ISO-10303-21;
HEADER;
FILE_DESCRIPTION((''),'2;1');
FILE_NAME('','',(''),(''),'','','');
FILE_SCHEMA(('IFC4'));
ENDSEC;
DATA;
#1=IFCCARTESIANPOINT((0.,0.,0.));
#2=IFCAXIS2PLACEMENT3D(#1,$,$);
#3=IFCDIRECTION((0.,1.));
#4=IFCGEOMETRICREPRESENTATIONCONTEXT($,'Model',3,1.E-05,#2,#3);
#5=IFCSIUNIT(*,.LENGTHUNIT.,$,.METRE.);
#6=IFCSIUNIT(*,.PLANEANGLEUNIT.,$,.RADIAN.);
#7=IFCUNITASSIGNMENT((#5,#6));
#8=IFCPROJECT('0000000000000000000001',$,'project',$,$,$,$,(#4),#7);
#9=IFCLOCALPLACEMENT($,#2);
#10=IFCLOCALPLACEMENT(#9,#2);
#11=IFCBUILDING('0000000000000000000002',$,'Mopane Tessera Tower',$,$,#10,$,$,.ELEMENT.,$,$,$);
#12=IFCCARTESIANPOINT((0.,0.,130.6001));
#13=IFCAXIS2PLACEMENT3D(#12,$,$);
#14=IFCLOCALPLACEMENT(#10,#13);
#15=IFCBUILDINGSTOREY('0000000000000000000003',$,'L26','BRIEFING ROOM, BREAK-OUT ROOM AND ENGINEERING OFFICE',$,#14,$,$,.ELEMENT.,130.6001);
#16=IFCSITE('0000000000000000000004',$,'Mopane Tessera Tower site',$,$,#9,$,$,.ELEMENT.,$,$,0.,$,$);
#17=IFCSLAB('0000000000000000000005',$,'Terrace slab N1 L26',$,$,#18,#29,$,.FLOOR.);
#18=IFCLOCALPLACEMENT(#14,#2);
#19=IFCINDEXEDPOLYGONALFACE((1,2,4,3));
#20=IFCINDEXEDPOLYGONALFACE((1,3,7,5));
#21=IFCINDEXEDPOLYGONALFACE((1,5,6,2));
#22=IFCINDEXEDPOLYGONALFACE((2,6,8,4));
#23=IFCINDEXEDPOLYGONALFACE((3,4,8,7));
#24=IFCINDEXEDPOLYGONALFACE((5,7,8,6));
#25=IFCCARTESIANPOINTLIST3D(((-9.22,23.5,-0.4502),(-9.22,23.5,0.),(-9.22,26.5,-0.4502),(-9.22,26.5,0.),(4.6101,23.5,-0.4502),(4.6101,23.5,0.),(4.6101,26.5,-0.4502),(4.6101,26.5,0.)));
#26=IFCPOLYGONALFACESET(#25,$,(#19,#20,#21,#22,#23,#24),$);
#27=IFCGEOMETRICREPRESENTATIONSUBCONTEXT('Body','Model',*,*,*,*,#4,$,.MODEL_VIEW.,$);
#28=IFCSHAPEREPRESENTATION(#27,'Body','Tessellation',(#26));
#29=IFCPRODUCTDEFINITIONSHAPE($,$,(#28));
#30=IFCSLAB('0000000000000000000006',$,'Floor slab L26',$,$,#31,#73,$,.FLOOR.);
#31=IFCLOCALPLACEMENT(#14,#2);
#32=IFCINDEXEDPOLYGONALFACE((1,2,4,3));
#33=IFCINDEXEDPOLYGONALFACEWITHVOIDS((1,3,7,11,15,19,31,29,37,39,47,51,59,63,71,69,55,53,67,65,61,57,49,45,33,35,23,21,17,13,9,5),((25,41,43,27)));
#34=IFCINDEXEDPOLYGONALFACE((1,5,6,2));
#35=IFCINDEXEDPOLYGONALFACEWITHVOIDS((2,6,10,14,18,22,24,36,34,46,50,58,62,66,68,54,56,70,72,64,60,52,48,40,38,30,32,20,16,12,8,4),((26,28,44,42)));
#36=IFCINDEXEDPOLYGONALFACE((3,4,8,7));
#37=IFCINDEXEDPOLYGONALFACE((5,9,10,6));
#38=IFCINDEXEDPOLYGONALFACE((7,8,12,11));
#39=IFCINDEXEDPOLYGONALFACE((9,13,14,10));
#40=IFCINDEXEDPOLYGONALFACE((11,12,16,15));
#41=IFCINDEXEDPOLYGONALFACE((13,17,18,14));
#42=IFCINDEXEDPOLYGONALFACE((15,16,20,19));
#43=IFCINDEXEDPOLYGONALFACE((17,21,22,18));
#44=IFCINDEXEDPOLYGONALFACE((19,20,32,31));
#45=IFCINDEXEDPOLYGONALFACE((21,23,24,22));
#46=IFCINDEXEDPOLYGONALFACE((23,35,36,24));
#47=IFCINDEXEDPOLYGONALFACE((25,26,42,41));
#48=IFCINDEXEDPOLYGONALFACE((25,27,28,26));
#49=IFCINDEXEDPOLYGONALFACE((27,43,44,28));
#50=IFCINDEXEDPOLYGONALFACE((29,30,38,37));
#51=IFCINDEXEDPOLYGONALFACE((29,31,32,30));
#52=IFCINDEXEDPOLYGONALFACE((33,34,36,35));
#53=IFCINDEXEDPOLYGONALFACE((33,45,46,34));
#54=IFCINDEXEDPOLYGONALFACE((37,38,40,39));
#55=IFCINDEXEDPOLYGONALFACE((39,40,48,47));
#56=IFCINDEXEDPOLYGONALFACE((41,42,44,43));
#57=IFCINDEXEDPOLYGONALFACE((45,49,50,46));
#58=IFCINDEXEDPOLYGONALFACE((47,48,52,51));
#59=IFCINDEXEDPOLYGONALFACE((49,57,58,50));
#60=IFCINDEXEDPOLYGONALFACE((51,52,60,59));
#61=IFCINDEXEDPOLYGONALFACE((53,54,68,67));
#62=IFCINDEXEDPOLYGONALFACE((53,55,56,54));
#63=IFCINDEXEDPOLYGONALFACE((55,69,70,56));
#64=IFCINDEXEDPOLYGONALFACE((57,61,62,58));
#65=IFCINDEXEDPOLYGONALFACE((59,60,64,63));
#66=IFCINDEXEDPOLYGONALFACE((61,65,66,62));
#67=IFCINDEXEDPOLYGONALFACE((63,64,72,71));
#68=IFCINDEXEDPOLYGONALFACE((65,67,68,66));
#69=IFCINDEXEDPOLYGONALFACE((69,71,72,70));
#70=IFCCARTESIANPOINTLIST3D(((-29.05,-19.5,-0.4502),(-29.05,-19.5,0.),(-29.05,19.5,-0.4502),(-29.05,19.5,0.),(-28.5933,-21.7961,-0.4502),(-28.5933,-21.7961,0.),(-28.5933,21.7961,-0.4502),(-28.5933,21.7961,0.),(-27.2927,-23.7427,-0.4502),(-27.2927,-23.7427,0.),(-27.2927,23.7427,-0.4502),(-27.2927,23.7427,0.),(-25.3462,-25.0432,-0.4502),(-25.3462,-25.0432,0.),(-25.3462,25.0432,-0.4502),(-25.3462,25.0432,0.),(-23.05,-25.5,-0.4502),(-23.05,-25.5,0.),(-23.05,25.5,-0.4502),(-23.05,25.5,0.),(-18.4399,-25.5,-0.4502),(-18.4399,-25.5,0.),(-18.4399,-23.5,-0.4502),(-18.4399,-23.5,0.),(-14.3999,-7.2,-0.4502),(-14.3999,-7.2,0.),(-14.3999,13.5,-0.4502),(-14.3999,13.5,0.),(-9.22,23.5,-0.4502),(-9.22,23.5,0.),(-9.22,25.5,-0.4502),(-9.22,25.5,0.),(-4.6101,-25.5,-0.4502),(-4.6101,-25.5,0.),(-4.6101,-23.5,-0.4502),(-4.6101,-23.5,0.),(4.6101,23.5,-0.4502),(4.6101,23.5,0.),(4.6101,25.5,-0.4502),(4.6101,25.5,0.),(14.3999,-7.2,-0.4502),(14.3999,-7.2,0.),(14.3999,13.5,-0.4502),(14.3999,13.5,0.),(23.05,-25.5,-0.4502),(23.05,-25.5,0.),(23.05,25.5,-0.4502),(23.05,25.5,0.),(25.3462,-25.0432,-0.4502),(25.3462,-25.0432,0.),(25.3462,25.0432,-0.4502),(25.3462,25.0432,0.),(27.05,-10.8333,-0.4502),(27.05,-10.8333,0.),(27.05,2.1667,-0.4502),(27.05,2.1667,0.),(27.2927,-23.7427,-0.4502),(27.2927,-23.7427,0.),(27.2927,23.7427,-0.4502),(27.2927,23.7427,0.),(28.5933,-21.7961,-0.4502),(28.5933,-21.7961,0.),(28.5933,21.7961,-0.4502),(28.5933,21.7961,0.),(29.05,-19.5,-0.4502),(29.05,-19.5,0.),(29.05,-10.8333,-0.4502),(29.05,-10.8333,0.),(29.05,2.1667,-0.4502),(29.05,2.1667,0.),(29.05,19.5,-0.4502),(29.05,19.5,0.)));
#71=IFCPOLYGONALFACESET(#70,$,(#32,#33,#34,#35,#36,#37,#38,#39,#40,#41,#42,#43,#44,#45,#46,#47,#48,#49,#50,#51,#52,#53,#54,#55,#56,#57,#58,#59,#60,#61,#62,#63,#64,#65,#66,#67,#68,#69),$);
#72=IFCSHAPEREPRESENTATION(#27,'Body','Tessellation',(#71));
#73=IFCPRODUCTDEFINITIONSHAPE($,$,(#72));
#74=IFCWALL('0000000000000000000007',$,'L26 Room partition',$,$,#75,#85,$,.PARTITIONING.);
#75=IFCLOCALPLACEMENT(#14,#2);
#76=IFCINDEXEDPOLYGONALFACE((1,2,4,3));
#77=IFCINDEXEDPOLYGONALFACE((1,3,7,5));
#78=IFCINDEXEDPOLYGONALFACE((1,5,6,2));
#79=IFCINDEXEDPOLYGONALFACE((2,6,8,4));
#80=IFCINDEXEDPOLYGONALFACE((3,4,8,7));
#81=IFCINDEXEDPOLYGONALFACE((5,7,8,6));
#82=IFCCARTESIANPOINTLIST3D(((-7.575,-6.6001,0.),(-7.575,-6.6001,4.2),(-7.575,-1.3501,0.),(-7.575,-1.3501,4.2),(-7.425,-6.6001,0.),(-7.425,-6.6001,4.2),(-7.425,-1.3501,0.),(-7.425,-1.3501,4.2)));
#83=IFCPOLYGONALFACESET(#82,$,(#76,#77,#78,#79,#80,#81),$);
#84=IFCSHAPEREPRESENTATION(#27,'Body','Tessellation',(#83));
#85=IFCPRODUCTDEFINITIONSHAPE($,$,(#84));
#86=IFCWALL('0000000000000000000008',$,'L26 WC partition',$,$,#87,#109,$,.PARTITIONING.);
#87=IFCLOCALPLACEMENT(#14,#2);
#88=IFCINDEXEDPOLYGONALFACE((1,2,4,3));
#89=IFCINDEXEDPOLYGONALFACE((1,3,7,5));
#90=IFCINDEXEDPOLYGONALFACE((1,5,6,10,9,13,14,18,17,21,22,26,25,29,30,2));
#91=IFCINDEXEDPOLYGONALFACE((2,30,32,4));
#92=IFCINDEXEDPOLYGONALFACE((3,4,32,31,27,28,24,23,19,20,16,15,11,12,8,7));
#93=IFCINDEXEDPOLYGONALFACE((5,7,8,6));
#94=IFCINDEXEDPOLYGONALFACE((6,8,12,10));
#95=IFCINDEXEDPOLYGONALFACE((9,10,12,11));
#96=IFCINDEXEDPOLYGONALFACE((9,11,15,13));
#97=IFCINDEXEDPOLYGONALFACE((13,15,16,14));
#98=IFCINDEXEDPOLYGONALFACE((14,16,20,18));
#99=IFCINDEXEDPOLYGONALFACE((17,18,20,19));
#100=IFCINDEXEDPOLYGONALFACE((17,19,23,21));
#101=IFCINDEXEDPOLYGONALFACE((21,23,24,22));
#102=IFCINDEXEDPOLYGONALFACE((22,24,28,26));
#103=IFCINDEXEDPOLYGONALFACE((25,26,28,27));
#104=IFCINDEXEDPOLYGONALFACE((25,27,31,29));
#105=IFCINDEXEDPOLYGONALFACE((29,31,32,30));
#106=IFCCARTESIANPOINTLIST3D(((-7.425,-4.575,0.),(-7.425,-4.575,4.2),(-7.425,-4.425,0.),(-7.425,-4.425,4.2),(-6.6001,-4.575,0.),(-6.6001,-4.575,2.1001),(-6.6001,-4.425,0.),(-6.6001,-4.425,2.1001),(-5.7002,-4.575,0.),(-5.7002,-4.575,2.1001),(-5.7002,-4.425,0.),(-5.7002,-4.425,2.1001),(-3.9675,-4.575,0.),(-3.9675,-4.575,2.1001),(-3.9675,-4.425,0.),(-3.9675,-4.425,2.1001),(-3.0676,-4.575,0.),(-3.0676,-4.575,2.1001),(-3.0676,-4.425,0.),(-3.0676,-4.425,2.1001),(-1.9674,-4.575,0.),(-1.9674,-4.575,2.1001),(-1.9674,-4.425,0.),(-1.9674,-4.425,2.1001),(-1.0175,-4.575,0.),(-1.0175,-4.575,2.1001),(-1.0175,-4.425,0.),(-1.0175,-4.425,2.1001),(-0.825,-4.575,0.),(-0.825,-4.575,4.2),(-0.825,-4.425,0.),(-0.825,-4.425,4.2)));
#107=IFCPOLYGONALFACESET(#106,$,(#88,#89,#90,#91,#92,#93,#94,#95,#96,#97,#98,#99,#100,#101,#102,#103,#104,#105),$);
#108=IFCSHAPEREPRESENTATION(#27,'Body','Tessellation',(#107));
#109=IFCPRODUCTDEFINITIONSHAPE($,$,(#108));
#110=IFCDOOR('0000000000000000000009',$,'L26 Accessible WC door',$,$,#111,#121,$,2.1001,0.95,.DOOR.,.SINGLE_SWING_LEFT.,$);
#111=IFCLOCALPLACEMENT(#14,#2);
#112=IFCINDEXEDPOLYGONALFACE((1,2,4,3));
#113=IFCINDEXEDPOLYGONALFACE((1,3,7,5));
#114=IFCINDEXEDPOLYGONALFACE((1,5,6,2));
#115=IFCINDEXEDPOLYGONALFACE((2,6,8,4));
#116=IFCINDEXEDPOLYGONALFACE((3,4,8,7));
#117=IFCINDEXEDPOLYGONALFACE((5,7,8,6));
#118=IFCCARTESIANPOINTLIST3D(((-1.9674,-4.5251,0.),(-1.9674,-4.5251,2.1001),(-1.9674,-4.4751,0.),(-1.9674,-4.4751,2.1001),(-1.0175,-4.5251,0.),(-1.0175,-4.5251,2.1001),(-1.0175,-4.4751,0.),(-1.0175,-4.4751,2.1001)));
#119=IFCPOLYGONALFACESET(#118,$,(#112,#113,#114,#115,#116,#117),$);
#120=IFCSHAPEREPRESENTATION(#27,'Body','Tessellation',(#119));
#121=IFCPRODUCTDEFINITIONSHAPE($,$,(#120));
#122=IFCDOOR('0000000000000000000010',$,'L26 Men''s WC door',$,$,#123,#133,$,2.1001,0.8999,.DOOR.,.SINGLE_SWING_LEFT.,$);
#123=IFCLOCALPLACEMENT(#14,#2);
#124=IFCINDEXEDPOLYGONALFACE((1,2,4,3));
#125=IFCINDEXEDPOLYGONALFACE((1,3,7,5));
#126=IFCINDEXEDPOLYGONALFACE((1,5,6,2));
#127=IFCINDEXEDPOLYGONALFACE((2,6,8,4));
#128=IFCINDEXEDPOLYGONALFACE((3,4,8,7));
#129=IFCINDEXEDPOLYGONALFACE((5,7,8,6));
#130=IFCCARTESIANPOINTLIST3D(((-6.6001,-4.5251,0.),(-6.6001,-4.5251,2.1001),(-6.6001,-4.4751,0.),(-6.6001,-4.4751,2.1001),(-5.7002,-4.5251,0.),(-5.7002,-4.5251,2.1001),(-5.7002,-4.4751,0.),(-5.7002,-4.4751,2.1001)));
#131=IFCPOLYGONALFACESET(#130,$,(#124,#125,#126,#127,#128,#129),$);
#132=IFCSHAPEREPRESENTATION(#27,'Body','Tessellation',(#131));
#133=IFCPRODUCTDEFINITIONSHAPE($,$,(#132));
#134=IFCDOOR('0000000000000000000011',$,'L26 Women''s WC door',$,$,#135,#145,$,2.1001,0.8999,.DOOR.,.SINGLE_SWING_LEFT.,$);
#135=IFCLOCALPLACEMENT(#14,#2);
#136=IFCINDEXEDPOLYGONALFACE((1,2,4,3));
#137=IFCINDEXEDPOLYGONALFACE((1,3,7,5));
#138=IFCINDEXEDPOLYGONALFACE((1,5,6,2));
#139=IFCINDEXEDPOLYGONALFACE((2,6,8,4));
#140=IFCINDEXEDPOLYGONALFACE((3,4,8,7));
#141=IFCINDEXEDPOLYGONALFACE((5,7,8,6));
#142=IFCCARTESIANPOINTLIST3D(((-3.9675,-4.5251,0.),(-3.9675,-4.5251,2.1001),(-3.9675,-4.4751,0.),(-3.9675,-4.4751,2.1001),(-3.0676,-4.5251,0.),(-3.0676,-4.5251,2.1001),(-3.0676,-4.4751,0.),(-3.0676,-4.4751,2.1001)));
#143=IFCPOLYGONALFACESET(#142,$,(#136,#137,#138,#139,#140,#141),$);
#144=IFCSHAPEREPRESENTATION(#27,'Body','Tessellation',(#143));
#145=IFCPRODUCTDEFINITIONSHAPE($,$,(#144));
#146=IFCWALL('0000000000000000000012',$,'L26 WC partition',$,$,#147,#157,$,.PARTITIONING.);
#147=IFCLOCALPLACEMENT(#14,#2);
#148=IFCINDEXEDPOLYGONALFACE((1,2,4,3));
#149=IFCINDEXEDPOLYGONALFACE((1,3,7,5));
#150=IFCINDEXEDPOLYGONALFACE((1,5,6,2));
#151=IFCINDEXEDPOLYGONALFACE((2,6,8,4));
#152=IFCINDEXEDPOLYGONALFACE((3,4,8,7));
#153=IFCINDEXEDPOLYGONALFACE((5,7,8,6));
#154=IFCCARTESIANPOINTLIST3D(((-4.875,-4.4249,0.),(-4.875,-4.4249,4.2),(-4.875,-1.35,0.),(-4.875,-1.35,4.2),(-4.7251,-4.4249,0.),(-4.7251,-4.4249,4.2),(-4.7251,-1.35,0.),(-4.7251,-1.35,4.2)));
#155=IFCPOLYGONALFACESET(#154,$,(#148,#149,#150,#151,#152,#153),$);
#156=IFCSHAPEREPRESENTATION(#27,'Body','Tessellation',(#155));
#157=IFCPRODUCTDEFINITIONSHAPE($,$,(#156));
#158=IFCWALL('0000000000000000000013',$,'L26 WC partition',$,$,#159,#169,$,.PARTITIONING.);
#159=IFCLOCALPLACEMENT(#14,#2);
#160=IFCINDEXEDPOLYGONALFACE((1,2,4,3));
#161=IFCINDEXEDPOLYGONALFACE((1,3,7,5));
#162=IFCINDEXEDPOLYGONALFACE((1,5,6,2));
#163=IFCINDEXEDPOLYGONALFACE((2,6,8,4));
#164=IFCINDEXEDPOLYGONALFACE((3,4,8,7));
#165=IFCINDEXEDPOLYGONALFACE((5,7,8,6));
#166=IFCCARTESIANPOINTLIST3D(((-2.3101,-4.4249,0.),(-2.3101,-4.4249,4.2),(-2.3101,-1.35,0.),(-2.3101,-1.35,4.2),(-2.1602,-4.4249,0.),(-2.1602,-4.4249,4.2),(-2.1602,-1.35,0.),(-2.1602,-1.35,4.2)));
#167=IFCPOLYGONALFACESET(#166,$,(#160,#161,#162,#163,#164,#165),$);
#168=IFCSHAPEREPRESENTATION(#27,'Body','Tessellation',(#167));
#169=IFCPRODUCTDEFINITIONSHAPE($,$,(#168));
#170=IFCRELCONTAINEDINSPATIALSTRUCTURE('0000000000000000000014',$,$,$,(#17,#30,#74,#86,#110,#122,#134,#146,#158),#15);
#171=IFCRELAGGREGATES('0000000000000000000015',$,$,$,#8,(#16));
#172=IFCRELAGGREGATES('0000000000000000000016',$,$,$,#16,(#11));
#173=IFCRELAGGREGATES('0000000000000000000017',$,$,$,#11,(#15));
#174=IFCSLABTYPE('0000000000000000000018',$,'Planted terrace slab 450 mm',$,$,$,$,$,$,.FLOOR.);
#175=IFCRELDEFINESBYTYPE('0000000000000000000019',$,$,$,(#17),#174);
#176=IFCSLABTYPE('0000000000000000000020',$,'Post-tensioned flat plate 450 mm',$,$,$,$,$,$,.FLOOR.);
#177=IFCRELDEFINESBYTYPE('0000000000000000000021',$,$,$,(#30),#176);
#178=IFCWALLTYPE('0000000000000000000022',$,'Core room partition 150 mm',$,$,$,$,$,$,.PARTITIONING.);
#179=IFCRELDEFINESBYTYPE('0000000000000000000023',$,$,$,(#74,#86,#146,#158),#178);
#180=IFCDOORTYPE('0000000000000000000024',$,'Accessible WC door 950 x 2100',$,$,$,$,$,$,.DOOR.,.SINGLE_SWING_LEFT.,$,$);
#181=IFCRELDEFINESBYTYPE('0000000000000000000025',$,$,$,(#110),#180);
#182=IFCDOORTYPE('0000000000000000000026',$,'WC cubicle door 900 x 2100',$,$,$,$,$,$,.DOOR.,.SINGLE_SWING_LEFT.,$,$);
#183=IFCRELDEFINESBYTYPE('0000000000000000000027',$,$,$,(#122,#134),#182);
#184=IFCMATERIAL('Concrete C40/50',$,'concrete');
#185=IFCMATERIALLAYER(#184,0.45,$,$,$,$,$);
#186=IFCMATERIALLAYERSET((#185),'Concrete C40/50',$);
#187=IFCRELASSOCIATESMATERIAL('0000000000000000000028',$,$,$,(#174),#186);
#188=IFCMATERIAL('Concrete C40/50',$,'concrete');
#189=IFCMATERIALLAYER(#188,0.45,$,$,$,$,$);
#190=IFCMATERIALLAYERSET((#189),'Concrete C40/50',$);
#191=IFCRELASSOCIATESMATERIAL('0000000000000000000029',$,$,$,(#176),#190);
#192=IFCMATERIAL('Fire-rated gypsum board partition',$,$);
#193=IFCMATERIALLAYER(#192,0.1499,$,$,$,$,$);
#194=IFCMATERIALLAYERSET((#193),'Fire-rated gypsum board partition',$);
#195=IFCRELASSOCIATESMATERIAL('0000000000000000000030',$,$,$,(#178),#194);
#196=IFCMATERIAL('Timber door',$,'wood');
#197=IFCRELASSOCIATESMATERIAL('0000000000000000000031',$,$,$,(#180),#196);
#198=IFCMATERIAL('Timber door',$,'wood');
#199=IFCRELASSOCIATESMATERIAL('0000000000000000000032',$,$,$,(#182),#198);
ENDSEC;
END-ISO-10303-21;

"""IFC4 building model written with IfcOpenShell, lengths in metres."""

from ifc_helpers import new_model, si_unit, direction, frame, frame_2d, origin, place, context, subcontext, project, spatial, polyline, rectangle, outline, extrude, material, layer, layer_set, type_object, element, fill, save


model = new_model("IFC4")

# Units and contexts
model_context = context("Model", 3, precision=1e-05, world=origin(), true_north=direction((0.0, 1.0)))
body_context = subcontext(model_context, "Body", "Model", "MODEL_VIEW")
ifc_project = project(units=[si_unit("LENGTHUNIT", "METRE"), si_unit("PLANEANGLEUNIT", "RADIAN")], contexts=[model_context])

# Site, building, storey
site_placement = place(None, origin())
site = spatial("IfcSite", under=ifc_project, at=site_placement, Name="Mopane Tessera Tower site", CompositionType="ELEMENT", RefElevation=0.0)
building_placement = place(site_placement, origin())
building = spatial("IfcBuilding", under=site, at=building_placement, Name="Mopane Tessera Tower", CompositionType="ELEMENT")
storey_placement = place(building_placement, frame((0.0, 0.0, 130.6001)))
storey = spatial("IfcBuildingStorey", under=building, at=storey_placement, Name="L26", Description="BRIEFING ROOM, BREAK-OUT ROOM AND ENGINEERING OFFICE", CompositionType="ELEMENT", Elevation=130.6001)

# Slabs
ifc_material_1 = material(Name="Concrete C40/50", Category="concrete")
ifc_layer_1 = layer(ifc_material_1, 0.45)
ifc_layer_set_1 = layer_set([ifc_layer_1], Name="Concrete C40/50")
slab_type_1 = type_object("IfcSlabType", Name="Planted terrace slab 450 mm", PredefinedType="FLOOR", material=ifc_layer_set_1)
slab_1_placement = place(storey_placement, frame((0.0, 0.0, -0.4502)))
element("IfcSlab", 1, at=slab_1_placement, inside=storey, type_object=slab_type_1, Name="Terrace slab N1 L26", PredefinedType="FLOOR", context=body_context, shape_type="SweptSolid", body=[
    extrude(outline(polyline([(-9.22, 26.5), (-9.22, 23.5), (4.6101, 23.5), (4.6101, 26.5), (-9.22, 26.5)])), origin(), (0.0, 0.0, 1.0), 0.4502),
])
ifc_material_2 = material(Name="Concrete C40/50", Category="concrete")
ifc_layer_2 = layer(ifc_material_2, 0.45)
ifc_layer_set_2 = layer_set([ifc_layer_2], Name="Concrete C40/50")
slab_type_2 = type_object("IfcSlabType", Name="Post-tensioned flat plate 450 mm", PredefinedType="FLOOR", material=ifc_layer_set_2)
slab_2_placement = place(storey_placement, frame((0.0, 0.0, -0.4502)))
element("IfcSlab", 2, at=slab_2_placement, inside=storey, type_object=slab_type_2, Name="Floor slab L26", PredefinedType="FLOOR", context=body_context, shape_type="SweptSolid", body=[
    extrude(outline(polyline([(-23.05, -25.5), (-18.4399, -25.5), (-18.4399, -23.5), (-4.6101, -23.5), (-4.6101, -25.5), (23.05, -25.5), (25.3462, -25.0432), (27.2927, -23.7427), (28.5933, -21.7961), (29.05, -19.5), (29.05, -10.8333), (27.05, -10.8333), (27.05, 2.1667), (29.05, 2.1667), (29.05, 19.5), (28.5933, 21.7961), (27.2927, 23.7427), (25.3462, 25.0432), (23.05, 25.5), (4.6101, 25.5), (4.6101, 23.5), (-9.22, 23.5), (-9.22, 25.5), (-23.05, 25.5), (-25.3462, 25.0432), (-27.2927, 23.7427), (-28.5933, 21.7961), (-29.05, 19.5), (-29.05, -19.5), (-28.5933, -21.7961), (-27.2927, -23.7427), (-25.3462, -25.0432), (-23.05, -25.5)]), holes=[polyline([(14.3999, -7.2), (-14.3999, -7.2), (-14.3999, 13.5), (14.3999, 13.5), (14.3999, -7.2)])]), origin(), (0.0, 0.0, 1.0), 0.4502),
])

# Wall
ifc_material_3 = material(Name="Fire-rated gypsum board partition")
ifc_layer_3 = layer(ifc_material_3, 0.1499)
ifc_layer_set_3 = layer_set([ifc_layer_3], Name="Fire-rated gypsum board partition")
wall_type_1 = type_object("IfcWallType", Name="Core room partition 150 mm", PredefinedType="PARTITIONING", material=ifc_layer_set_3)
wall_1_placement = place(storey_placement, frame((-7.5, -6.6001, 0.0), z_axis=(0.0, 0.0, 1.0), x_axis=(0.0, 1.0, 0.0)))
element("IfcWall", 3, at=wall_1_placement, inside=storey, type_object=wall_type_1, Name="L26 Room partition", PredefinedType="PARTITIONING", context=body_context, shape_type="SweptSolid", body=[
    extrude(rectangle(XDim=5.25, YDim=0.1499, at=frame_2d((2.625, 0.0))), origin(), (0.0, 0.0, 1.0), 4.2),
])

# Wall, openings, doors
wall_2_placement = place(storey_placement, frame((-7.425, -4.5, 0.0), z_axis=(0.0, 0.0, 1.0), x_axis=(1.0, 0.0, 0.0)))
wall_2 = element("IfcWall", 4, at=wall_2_placement, inside=storey, type_object=wall_type_1, Name="L26 WC partition", PredefinedType="PARTITIONING", context=body_context, shape_type="SweptSolid", body=[
    extrude(rectangle(XDim=6.6001, YDim=0.1499, at=frame_2d((3.3, 0.0))), origin(), (0.0, 0.0, 1.0), 4.2),
])
opening_1_placement = place(wall_2_placement, frame((0.825, 0.0, 0.0)))
opening_1 = element("IfcOpeningElement", 5, at=opening_1_placement, cuts=wall_2, PredefinedType="OPENING", context=body_context, shape_type="SweptSolid", body=[
    extrude(rectangle(XDim=0.8999, YDim=2.1001, at=frame_2d((0.45, 1.05))), frame((0.0, 0.0869, 0.0), z_axis=(0.0, -1.0, 0.0), x_axis=(1.0, 0.0, 0.0)), (0.0, 0.0, 1.0), 0.1738),
])
opening_2_placement = place(wall_2_placement, frame((3.4575, 0.0, 0.0)))
opening_2 = element("IfcOpeningElement", 6, at=opening_2_placement, cuts=wall_2, PredefinedType="OPENING", context=body_context, shape_type="SweptSolid", body=[
    extrude(rectangle(XDim=0.8999, YDim=2.1001, at=frame_2d((0.45, 1.05))), frame((0.0, 0.0869, 0.0), z_axis=(0.0, -1.0, 0.0), x_axis=(1.0, 0.0, 0.0)), (0.0, 0.0, 1.0), 0.1738),
])
opening_3_placement = place(wall_2_placement, frame((5.4575, 0.0, 0.0)))
opening_3 = element("IfcOpeningElement", 7, at=opening_3_placement, cuts=wall_2, PredefinedType="OPENING", context=body_context, shape_type="SweptSolid", body=[
    extrude(rectangle(XDim=0.95, YDim=2.1001, at=frame_2d((0.4751, 1.05))), frame((0.0, 0.0869, 0.0), z_axis=(0.0, -1.0, 0.0), x_axis=(1.0, 0.0, 0.0)), (0.0, 0.0, 1.0), 0.1738),
])
ifc_material_4 = material(Name="Timber door", Category="wood")
door_type_1 = type_object("IfcDoorType", Name="Accessible WC door 950 x 2100", OperationType="SINGLE_SWING_LEFT", PredefinedType="DOOR", material=ifc_material_4)
door_1_placement = place(opening_3_placement, origin())
door_1 = element("IfcDoor", 8, at=door_1_placement, inside=storey, type_object=door_type_1, Name="L26 Accessible WC door", OperationType="SINGLE_SWING_LEFT", OverallHeight=2.1001, OverallWidth=0.95, PredefinedType="DOOR", context=body_context, shape_type="SweptSolid", body=[
    extrude(rectangle(XDim=0.95, YDim=2.1001, at=frame_2d((0.4751, 1.05))), frame((0.0, 0.0249, 0.0), z_axis=(0.0, -1.0, 0.0), x_axis=(1.0, 0.0, 0.0)), (0.0, 0.0, 1.0), 0.05),
])
fill(opening_3, door_1)
ifc_material_5 = material(Name="Timber door", Category="wood")
door_type_2 = type_object("IfcDoorType", Name="WC cubicle door 900 x 2100", OperationType="SINGLE_SWING_LEFT", PredefinedType="DOOR", material=ifc_material_5)
door_2_placement = place(opening_1_placement, origin())
door_2 = element("IfcDoor", 9, at=door_2_placement, inside=storey, type_object=door_type_2, Name="L26 Men's WC door", OperationType="SINGLE_SWING_LEFT", OverallHeight=2.1001, OverallWidth=0.8999, PredefinedType="DOOR", context=body_context, shape_type="SweptSolid", body=[
    extrude(rectangle(XDim=0.8999, YDim=2.1001, at=frame_2d((0.45, 1.05))), frame((0.0, 0.0249, 0.0), z_axis=(0.0, -1.0, 0.0), x_axis=(1.0, 0.0, 0.0)), (0.0, 0.0, 1.0), 0.05),
])
fill(opening_1, door_2)
door_3_placement = place(opening_2_placement, origin())
door_3 = element("IfcDoor", 10, at=door_3_placement, inside=storey, type_object=door_type_2, Name="L26 Women's WC door", OperationType="SINGLE_SWING_LEFT", OverallHeight=2.1001, OverallWidth=0.8999, PredefinedType="DOOR", context=body_context, shape_type="SweptSolid", body=[
    extrude(rectangle(XDim=0.8999, YDim=2.1001, at=frame_2d((0.45, 1.05))), frame((0.0, 0.0249, 0.0), z_axis=(0.0, -1.0, 0.0), x_axis=(1.0, 0.0, 0.0)), (0.0, 0.0, 1.0), 0.05),
])
fill(opening_2, door_3)

# Walls
for number, where, z_axis, x_axis, name in (
    (11, (-4.8, -4.425, 0.0), (0.0, 0.0, 1.0), (0.0, 1.0, 0.0), "L26 WC partition"),
    (12, (-2.2351, -4.425, 0.0), (0.0, 0.0, 1.0), (0.0, 1.0, 0.0), "L26 WC partition"),
):
    element("IfcWall", number, at=place(storey_placement, frame(where, z_axis=z_axis, x_axis=x_axis)), inside=storey, type_object=wall_type_1, Name=name, PredefinedType="PARTITIONING", context=body_context, shape_type="SweptSolid", body=[
        extrude(rectangle(XDim=3.075, YDim=0.1499, at=frame_2d((1.5376, 0.0))), origin(), (0.0, 0.0, 1.0), 4.2),
    ])

save(model, "model.ifc")
